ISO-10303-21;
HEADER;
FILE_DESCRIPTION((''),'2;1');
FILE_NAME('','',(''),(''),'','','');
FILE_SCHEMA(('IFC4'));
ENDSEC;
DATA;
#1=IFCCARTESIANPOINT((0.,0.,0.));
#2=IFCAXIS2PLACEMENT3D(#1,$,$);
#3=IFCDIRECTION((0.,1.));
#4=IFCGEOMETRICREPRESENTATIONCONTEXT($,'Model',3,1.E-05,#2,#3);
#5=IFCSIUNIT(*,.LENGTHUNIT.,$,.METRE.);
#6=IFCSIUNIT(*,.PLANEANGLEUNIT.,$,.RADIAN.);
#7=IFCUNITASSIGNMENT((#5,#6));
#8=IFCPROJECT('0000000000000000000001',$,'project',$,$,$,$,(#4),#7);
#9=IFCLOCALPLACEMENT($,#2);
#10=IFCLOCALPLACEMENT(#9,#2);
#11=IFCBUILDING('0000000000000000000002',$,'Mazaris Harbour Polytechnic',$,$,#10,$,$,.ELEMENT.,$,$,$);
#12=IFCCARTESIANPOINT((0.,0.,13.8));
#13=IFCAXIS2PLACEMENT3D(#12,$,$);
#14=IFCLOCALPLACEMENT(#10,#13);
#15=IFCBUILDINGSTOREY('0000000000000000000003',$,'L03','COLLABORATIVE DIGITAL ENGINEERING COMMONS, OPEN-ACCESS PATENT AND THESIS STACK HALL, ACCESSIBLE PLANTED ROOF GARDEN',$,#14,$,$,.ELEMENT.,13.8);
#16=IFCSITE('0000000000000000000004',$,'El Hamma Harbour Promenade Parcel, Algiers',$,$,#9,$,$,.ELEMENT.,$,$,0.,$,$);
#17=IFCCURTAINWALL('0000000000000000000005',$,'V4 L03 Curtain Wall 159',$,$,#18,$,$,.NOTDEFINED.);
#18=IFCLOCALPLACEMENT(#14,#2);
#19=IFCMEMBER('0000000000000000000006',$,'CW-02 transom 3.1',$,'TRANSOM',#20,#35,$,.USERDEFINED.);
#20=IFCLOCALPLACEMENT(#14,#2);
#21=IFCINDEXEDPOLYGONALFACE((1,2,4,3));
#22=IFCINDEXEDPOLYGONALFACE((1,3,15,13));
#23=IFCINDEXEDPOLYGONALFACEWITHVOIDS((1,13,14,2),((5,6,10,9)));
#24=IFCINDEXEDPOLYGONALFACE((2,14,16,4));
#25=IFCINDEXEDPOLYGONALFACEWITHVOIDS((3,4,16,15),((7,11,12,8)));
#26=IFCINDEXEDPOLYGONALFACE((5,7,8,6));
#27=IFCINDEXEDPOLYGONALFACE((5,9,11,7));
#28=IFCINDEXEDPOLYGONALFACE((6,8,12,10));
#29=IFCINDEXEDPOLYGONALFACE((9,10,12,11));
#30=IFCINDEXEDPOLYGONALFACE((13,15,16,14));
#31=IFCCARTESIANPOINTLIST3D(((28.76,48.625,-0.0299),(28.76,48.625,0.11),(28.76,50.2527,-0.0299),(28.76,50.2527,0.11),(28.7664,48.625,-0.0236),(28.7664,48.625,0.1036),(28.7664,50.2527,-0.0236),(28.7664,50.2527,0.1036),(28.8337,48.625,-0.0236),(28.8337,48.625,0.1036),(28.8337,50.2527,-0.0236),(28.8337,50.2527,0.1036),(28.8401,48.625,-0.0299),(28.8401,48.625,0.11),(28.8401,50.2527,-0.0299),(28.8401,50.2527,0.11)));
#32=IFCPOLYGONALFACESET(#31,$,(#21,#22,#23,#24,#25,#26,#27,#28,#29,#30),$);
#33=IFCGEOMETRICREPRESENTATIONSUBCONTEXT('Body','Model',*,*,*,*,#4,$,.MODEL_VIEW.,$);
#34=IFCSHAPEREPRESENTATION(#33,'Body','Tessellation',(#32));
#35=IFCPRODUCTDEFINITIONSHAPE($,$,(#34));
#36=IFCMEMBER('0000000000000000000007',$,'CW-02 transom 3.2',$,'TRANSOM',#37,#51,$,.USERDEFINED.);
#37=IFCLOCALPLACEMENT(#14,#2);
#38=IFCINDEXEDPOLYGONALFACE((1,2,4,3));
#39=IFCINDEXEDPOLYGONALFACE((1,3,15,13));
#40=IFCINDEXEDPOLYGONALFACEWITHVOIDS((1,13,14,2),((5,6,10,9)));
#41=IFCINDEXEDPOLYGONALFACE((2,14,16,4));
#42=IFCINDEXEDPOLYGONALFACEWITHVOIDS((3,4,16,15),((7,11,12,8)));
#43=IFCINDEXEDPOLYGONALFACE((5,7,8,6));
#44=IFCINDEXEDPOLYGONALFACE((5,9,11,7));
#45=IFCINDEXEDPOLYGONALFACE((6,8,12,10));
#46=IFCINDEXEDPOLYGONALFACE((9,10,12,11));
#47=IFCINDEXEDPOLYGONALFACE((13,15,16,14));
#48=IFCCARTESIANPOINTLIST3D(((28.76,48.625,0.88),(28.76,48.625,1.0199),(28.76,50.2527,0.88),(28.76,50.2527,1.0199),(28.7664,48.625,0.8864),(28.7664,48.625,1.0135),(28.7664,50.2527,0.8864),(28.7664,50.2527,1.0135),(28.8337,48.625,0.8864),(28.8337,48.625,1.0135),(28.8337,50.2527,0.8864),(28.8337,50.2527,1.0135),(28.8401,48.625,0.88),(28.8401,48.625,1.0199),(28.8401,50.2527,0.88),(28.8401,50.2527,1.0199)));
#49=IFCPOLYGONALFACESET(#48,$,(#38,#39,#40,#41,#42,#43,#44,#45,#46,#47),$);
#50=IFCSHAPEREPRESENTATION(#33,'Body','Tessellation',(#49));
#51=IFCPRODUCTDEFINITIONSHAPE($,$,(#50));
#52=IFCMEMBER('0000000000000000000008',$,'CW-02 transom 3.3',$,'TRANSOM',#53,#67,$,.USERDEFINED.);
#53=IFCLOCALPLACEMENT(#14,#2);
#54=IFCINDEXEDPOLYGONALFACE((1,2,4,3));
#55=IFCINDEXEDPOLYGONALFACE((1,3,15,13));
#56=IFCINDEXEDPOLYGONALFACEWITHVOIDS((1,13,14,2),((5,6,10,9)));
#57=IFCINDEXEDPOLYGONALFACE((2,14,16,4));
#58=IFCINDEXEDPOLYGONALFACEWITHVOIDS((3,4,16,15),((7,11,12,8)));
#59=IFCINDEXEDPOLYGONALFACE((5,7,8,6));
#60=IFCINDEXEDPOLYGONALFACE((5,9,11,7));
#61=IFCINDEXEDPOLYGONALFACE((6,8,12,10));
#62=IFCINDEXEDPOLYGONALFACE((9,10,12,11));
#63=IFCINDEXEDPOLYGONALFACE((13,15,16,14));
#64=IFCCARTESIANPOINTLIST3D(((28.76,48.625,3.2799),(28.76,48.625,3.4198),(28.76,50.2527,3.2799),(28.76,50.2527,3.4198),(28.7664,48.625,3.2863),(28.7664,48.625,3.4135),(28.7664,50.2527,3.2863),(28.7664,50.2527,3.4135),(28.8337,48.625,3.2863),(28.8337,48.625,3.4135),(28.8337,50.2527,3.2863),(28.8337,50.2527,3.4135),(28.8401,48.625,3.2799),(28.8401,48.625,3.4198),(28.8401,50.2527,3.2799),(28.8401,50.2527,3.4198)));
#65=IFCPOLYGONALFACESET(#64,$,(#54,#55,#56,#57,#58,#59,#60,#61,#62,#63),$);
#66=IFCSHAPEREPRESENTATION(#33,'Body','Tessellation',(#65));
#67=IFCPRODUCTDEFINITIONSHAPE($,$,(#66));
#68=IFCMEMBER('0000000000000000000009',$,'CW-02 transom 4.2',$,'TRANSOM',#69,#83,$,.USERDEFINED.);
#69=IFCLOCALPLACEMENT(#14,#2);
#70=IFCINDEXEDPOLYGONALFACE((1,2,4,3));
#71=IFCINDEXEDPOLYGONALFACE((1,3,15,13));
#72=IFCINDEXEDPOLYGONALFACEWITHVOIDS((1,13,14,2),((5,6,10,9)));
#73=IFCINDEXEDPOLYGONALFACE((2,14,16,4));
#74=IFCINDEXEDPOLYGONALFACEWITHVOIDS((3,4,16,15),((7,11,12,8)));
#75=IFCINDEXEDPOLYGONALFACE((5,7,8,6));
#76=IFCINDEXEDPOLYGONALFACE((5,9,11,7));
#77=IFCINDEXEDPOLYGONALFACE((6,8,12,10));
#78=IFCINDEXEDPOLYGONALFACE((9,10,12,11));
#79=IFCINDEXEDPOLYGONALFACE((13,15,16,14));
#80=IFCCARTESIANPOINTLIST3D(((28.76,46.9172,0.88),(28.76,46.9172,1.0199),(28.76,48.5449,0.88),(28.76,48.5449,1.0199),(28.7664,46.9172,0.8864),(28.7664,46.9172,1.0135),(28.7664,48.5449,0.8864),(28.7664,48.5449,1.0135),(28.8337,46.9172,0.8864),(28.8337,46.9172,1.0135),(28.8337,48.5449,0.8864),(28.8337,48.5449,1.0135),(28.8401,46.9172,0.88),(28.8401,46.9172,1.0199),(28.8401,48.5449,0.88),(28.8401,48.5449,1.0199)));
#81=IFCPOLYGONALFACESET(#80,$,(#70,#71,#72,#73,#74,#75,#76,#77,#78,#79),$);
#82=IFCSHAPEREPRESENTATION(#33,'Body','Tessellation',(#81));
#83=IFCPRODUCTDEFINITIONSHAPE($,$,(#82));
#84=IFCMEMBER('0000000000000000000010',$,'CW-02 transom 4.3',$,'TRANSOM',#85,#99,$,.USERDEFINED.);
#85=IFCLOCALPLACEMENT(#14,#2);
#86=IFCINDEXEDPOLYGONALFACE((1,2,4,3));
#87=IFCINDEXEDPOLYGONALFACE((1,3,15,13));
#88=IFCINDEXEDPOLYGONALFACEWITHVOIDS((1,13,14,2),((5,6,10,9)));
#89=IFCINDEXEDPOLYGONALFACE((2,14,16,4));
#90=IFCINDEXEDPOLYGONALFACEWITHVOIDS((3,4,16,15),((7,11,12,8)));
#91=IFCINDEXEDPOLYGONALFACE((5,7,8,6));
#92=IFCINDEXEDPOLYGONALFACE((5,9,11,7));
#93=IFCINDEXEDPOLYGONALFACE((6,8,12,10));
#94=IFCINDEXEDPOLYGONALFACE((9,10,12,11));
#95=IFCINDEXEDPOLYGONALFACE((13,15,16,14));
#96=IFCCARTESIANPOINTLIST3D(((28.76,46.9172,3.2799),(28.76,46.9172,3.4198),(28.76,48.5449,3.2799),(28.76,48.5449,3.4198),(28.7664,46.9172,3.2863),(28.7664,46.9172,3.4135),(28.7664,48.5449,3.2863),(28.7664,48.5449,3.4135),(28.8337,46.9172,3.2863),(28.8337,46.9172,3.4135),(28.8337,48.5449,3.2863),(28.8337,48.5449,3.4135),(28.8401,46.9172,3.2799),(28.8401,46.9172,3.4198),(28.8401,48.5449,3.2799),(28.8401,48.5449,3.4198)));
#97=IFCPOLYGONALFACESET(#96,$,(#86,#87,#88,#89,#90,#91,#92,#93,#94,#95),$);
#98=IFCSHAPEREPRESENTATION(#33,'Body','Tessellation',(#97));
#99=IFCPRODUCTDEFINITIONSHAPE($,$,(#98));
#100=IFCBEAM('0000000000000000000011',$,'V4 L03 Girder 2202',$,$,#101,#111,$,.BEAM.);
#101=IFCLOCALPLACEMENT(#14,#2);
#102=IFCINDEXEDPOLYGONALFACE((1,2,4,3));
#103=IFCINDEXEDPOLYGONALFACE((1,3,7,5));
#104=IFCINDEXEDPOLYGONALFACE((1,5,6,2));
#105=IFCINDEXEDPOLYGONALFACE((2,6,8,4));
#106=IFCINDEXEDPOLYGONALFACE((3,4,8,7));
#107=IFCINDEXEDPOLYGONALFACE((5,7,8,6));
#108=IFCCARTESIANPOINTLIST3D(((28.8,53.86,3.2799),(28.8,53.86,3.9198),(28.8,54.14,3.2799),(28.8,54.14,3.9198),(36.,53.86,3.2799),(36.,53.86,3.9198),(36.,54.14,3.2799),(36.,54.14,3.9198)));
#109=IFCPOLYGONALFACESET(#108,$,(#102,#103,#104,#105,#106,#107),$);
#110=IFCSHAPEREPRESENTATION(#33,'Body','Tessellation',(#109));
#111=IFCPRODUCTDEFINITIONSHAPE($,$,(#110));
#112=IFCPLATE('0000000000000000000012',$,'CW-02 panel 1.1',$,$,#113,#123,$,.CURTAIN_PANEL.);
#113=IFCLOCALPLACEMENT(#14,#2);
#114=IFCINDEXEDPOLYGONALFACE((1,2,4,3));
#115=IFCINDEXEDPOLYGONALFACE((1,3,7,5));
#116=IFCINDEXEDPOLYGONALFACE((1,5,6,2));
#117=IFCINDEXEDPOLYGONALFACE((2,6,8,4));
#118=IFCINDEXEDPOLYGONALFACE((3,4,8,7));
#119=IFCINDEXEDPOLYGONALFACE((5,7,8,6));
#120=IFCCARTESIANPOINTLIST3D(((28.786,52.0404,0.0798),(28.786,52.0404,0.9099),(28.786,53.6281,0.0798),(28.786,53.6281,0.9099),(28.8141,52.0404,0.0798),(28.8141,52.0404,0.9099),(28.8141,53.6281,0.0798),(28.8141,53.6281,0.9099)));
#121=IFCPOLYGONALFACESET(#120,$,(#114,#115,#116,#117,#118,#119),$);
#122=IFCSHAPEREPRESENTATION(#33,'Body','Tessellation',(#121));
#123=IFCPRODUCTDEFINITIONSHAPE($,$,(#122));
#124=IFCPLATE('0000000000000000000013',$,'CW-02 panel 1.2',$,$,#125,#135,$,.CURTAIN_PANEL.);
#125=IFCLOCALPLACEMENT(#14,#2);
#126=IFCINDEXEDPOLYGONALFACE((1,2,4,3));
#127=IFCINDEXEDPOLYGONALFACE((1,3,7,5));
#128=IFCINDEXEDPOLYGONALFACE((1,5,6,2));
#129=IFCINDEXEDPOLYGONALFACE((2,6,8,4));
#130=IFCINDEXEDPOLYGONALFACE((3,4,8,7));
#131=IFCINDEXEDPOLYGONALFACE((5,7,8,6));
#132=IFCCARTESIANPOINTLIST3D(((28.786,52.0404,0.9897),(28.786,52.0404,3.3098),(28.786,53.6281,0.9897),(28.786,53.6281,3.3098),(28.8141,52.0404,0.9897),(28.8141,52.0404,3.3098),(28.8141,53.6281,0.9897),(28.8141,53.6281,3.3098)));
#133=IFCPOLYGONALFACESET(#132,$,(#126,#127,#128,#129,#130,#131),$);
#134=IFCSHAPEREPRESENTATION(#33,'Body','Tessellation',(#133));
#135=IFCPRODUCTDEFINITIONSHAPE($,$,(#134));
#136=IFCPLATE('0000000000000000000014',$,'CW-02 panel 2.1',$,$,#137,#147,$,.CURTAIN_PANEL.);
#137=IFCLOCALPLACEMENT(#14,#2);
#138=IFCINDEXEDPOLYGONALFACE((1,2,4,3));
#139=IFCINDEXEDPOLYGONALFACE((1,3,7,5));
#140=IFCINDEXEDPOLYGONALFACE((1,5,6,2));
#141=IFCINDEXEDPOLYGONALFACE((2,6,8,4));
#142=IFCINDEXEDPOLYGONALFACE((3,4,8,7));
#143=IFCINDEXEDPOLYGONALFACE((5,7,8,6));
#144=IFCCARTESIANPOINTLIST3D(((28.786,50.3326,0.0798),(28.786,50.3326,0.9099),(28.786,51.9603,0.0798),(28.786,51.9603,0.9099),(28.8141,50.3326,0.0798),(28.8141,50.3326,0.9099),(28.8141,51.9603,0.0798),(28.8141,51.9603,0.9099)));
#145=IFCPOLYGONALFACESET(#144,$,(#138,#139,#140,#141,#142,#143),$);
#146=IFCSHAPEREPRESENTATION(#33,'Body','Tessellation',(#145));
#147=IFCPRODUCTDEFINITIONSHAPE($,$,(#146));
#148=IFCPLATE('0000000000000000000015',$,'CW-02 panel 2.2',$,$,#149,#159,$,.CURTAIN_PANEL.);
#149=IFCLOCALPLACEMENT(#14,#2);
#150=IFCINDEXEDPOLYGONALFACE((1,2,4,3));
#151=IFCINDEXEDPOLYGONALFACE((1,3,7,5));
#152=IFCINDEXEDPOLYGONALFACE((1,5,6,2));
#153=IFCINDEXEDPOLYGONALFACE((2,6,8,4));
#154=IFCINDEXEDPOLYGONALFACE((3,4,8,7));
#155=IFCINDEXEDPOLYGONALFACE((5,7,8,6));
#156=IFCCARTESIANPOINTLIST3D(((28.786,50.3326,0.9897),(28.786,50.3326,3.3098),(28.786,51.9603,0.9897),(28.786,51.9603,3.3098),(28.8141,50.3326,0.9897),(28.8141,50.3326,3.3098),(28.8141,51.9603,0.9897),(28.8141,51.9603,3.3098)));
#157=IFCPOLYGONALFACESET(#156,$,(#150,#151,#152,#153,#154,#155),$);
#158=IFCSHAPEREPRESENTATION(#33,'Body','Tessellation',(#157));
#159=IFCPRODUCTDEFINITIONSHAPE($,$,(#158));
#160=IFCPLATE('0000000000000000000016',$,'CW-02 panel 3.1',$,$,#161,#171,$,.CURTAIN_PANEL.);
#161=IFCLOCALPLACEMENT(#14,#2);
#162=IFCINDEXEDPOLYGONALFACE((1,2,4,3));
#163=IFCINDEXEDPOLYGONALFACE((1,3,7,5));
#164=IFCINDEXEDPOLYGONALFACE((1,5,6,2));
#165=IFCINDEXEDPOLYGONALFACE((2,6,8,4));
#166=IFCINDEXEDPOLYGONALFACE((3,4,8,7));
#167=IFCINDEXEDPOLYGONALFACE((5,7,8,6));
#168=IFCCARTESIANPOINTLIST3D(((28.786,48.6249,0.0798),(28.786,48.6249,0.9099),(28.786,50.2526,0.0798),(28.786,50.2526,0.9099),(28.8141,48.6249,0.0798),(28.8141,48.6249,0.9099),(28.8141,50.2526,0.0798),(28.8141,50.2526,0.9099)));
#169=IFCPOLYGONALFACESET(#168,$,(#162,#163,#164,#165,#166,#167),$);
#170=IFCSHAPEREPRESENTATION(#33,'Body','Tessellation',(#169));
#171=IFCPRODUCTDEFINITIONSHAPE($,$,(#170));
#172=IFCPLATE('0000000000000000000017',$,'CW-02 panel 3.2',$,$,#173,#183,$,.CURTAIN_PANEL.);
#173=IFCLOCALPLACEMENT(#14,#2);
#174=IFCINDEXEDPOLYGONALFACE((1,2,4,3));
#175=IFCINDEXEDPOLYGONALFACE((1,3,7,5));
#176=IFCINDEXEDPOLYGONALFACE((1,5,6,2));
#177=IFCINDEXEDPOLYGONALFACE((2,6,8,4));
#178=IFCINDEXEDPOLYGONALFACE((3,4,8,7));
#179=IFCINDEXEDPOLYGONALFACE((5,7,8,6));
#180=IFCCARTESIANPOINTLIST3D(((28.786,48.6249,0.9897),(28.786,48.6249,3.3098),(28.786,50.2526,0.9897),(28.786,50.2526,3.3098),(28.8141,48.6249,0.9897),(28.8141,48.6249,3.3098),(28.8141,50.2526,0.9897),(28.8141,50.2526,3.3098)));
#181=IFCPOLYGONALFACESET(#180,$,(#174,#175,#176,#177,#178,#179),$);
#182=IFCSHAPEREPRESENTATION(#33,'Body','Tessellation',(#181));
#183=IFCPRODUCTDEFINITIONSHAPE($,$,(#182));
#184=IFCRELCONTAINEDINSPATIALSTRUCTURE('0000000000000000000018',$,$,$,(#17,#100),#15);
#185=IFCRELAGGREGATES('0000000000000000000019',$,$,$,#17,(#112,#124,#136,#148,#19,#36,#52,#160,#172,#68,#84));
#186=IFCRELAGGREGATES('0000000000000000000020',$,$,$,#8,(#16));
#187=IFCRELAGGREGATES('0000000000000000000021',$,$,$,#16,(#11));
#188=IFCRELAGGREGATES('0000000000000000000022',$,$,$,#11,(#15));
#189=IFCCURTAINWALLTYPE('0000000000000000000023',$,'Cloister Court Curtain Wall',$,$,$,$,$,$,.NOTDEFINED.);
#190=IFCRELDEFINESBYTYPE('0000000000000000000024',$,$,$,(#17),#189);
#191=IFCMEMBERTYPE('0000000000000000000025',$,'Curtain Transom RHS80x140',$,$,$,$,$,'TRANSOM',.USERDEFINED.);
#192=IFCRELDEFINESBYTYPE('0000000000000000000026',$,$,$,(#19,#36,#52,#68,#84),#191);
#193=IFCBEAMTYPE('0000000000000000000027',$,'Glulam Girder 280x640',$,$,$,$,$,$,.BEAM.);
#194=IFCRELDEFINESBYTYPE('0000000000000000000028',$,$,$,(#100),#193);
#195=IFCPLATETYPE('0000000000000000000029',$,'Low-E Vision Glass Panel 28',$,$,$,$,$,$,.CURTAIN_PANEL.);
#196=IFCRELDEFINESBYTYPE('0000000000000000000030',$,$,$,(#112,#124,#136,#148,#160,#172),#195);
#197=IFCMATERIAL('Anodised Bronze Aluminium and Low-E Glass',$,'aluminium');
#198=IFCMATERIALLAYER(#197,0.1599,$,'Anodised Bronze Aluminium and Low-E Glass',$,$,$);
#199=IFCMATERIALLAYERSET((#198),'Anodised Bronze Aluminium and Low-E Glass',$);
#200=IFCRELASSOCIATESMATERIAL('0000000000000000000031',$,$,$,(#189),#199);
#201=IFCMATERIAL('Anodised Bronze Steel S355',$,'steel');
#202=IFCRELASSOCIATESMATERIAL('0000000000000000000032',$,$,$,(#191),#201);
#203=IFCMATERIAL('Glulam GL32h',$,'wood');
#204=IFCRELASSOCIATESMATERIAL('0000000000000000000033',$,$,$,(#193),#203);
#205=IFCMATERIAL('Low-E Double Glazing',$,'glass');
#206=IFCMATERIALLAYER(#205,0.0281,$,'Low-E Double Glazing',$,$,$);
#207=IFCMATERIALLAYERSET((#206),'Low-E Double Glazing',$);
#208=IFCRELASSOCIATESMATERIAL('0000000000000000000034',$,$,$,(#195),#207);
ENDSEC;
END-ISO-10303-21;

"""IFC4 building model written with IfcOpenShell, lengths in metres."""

from ifc_helpers import new_model, si_unit, direction, frame, origin, origin_2d, place, context, subcontext, project, spatial, rectangle, hollow_rectangle, extrude, material, layer, layer_set, material_profile, profile_set, type_object, element, aggregate, save


model = new_model("IFC4")

# Units and contexts
model_context = context("Model", 3, precision=1e-05, world=origin(), true_north=direction((0.0, 1.0)))
body_context = subcontext(model_context, "Body", "Model", "MODEL_VIEW")
ifc_project = project(units=[si_unit("LENGTHUNIT", "METRE"), si_unit("PLANEANGLEUNIT", "RADIAN")], contexts=[model_context])

# Site, building, storey
site_placement = place(None, origin())
site = spatial("IfcSite", under=ifc_project, at=site_placement, Name="El Hamma Harbour Promenade Parcel, Algiers", CompositionType="ELEMENT", RefElevation=0.0)
building_placement = place(site_placement, origin())
building = spatial("IfcBuilding", under=site, at=building_placement, Name="Mazaris Harbour Polytechnic", CompositionType="ELEMENT")
storey_placement = place(building_placement, frame((0.0, 0.0, 13.8)))
storey = spatial("IfcBuildingStorey", under=building, at=storey_placement, Name="L03", Description="COLLABORATIVE DIGITAL ENGINEERING COMMONS, OPEN-ACCESS PATENT AND THESIS STACK HALL, ACCESSIBLE PLANTED ROOF GARDEN", CompositionType="ELEMENT", Elevation=13.8)

# Curtain wall, members
ifc_material_1 = material(Name="Anodised Bronze Aluminium and Low-E Glass", Category="aluminium")
ifc_layer_1 = layer(ifc_material_1, 0.1599, Name="Anodised Bronze Aluminium and Low-E Glass")
ifc_layer_set_1 = layer_set([ifc_layer_1], Name="Anodised Bronze Aluminium and Low-E Glass")
curtain_wall_type = type_object("IfcCurtainWallType", Name="Cloister Court Curtain Wall", PredefinedType="NOTDEFINED", material=ifc_layer_set_1)
curtain_wall_placement = place(storey_placement, origin())
curtain_wall = element("IfcCurtainWall", 1, at=curtain_wall_placement, inside=storey, type_object=curtain_wall_type, Name="V4 L03 Curtain Wall 159", PredefinedType="NOTDEFINED")
ifc_material_2 = material(Name="Anodised Bronze Steel S355", Category="steel")
ifc_material_profile_1 = material_profile(ifc_material_2, hollow_rectangle(XDim=0.0801, YDim=0.1399, WallThickness=0.0063, at=origin_2d()), Name="RHS 80x140x6.3")
ifc_profile_set_1 = profile_set([ifc_material_profile_1], Name="Anodised Bronze Steel S355")
member_type_1 = type_object("IfcMemberType", Name="Curtain Transom RHS80x140", ElementType="TRANSOM", PredefinedType="USERDEFINED", material=ifc_profile_set_1)
member_1_placement = place(storey_placement, frame((28.8, 50.2527, 0.04), z_axis=(0.0, -1.0, 0.0), x_axis=(1.0, 0.0, 0.0)))
member_1 = element("IfcMember", 2, at=member_1_placement, type_object=member_type_1, Name="CW-02 transom 3.1", ObjectType="TRANSOM", PredefinedType="USERDEFINED", context=body_context, shape_type="SweptSolid", body=[
    extrude(hollow_rectangle(XDim=0.0801, YDim=0.1399, WallThickness=0.0063, at=origin_2d()), origin(), (0.0, 0.0, 1.0), 1.6277),
])
member_2_placement = place(storey_placement, frame((28.8, 50.2527, 0.95), z_axis=(0.0, -1.0, 0.0), x_axis=(1.0, 0.0, 0.0)))
member_2 = element("IfcMember", 3, at=member_2_placement, type_object=member_type_1, Name="CW-02 transom 3.2", ObjectType="TRANSOM", PredefinedType="USERDEFINED", context=body_context, shape_type="SweptSolid", body=[
    extrude(hollow_rectangle(XDim=0.0801, YDim=0.1399, WallThickness=0.0063, at=origin_2d()), origin(), (0.0, 0.0, 1.0), 1.6277),
])
member_3_placement = place(storey_placement, frame((28.8, 50.2527, 3.3499), z_axis=(0.0, -1.0, 0.0), x_axis=(1.0, 0.0, 0.0)))
member_3 = element("IfcMember", 4, at=member_3_placement, type_object=member_type_1, Name="CW-02 transom 3.3", ObjectType="TRANSOM", PredefinedType="USERDEFINED", context=body_context, shape_type="SweptSolid", body=[
    extrude(hollow_rectangle(XDim=0.0801, YDim=0.1399, WallThickness=0.0063, at=origin_2d()), origin(), (0.0, 0.0, 1.0), 1.6277),
])
member_4_placement = place(storey_placement, frame((28.8, 48.5449, 0.95), z_axis=(0.0, -1.0, 0.0), x_axis=(1.0, 0.0, 0.0)))
member_4 = element("IfcMember", 5, at=member_4_placement, type_object=member_type_1, Name="CW-02 transom 4.2", ObjectType="TRANSOM", PredefinedType="USERDEFINED", context=body_context, shape_type="SweptSolid", body=[
    extrude(hollow_rectangle(XDim=0.0801, YDim=0.1399, WallThickness=0.0063, at=origin_2d()), origin(), (0.0, 0.0, 1.0), 1.6277),
])
member_5_placement = place(storey_placement, frame((28.8, 48.5449, 3.3499), z_axis=(0.0, -1.0, 0.0), x_axis=(1.0, 0.0, 0.0)))
member_5 = element("IfcMember", 6, at=member_5_placement, type_object=member_type_1, Name="CW-02 transom 4.3", ObjectType="TRANSOM", PredefinedType="USERDEFINED", context=body_context, shape_type="SweptSolid", body=[
    extrude(hollow_rectangle(XDim=0.0801, YDim=0.1399, WallThickness=0.0063, at=origin_2d()), origin(), (0.0, 0.0, 1.0), 1.6277),
])

# Beam
ifc_material_3 = material(Name="Glulam GL32h", Category="wood")
ifc_material_profile_2 = material_profile(ifc_material_3, rectangle(XDim=0.28, YDim=0.6399, at=origin_2d()), Name="RECT280x640")
ifc_profile_set_2 = profile_set([ifc_material_profile_2], Name="Glulam GL32h")
beam_type = type_object("IfcBeamType", Name="Glulam Girder 280x640", PredefinedType="BEAM", material=ifc_profile_set_2)
beam_placement = place(storey_placement, frame((28.8, 54.0, 3.5999), z_axis=(1.0, 0.0, 0.0), x_axis=(0.0, 1.0, 0.0)))
element("IfcBeam", 7, at=beam_placement, inside=storey, type_object=beam_type, Name="V4 L03 Girder 2202", PredefinedType="BEAM", context=body_context, shape_type="SweptSolid", body=[
    extrude(rectangle(XDim=0.28, YDim=0.6399, at=origin_2d()), origin(), (0.0, 0.0, 1.0), 7.2),
])

# Plates
ifc_material_4 = material(Name="Low-E Double Glazing", Category="glass")
ifc_layer_2 = layer(ifc_material_4, 0.0281, Name="Low-E Double Glazing")
ifc_layer_set_2 = layer_set([ifc_layer_2], Name="Low-E Double Glazing")
plate_type = type_object("IfcPlateType", Name="Low-E Vision Glass Panel 28", PredefinedType="CURTAIN_PANEL", material=ifc_layer_set_2)
plate_1_placement = place(storey_placement, frame((28.8, 52.8342, 0.0798), z_axis=(0.0, 0.0, 1.0), x_axis=(0.0, -1.0, 0.0)))
plate_1 = element("IfcPlate", 8, at=plate_1_placement, type_object=plate_type, Name="CW-02 panel 1.1", PredefinedType="CURTAIN_PANEL", context=body_context, shape_type="SweptSolid", body=[
    extrude(rectangle(XDim=1.5876, YDim=0.0281, at=origin_2d()), origin(), (0.0, 0.0, 1.0), 0.8301),
])
plate_2_placement = place(storey_placement, frame((28.8, 52.8342, 0.9897), z_axis=(0.0, 0.0, 1.0), x_axis=(0.0, -1.0, 0.0)))
plate_2 = element("IfcPlate", 9, at=plate_2_placement, type_object=plate_type, Name="CW-02 panel 1.2", PredefinedType="CURTAIN_PANEL", context=body_context, shape_type="SweptSolid", body=[
    extrude(rectangle(XDim=1.5876, YDim=0.0281, at=origin_2d()), origin(), (0.0, 0.0, 1.0), 2.3201),
])
plate_3_placement = place(storey_placement, frame((28.8, 51.1465, 0.0798), z_axis=(0.0, 0.0, 1.0), x_axis=(0.0, -1.0, 0.0)))
plate_3 = element("IfcPlate", 10, at=plate_3_placement, type_object=plate_type, Name="CW-02 panel 2.1", PredefinedType="CURTAIN_PANEL", context=body_context, shape_type="SweptSolid", body=[
    extrude(rectangle(XDim=1.6277, YDim=0.0281, at=origin_2d()), origin(), (0.0, 0.0, 1.0), 0.8301),
])
plate_4_placement = place(storey_placement, frame((28.8, 51.1465, 0.9897), z_axis=(0.0, 0.0, 1.0), x_axis=(0.0, -1.0, 0.0)))
plate_4 = element("IfcPlate", 11, at=plate_4_placement, type_object=plate_type, Name="CW-02 panel 2.2", PredefinedType="CURTAIN_PANEL", context=body_context, shape_type="SweptSolid", body=[
    extrude(rectangle(XDim=1.6277, YDim=0.0281, at=origin_2d()), origin(), (0.0, 0.0, 1.0), 2.3201),
])
plate_5_placement = place(storey_placement, frame((28.8, 49.4387, 0.0798), z_axis=(0.0, 0.0, 1.0), x_axis=(0.0, -1.0, 0.0)))
plate_5 = element("IfcPlate", 12, at=plate_5_placement, type_object=plate_type, Name="CW-02 panel 3.1", PredefinedType="CURTAIN_PANEL", context=body_context, shape_type="SweptSolid", body=[
    extrude(rectangle(XDim=1.6277, YDim=0.0281, at=origin_2d()), origin(), (0.0, 0.0, 1.0), 0.8301),
])
plate_6_placement = place(storey_placement, frame((28.8, 49.4387, 0.9897), z_axis=(0.0, 0.0, 1.0), x_axis=(0.0, -1.0, 0.0)))
plate_6 = element("IfcPlate", 13, at=plate_6_placement, type_object=plate_type, Name="CW-02 panel 3.2", PredefinedType="CURTAIN_PANEL", context=body_context, shape_type="SweptSolid", body=[
    extrude(rectangle(XDim=1.6277, YDim=0.0281, at=origin_2d()), origin(), (0.0, 0.0, 1.0), 2.3201),
])
aggregate(curtain_wall, [plate_1, plate_2, plate_3, plate_4, member_1, member_2, member_3, plate_5, plate_6, member_4, member_5])

save(model, "model.ifc")
